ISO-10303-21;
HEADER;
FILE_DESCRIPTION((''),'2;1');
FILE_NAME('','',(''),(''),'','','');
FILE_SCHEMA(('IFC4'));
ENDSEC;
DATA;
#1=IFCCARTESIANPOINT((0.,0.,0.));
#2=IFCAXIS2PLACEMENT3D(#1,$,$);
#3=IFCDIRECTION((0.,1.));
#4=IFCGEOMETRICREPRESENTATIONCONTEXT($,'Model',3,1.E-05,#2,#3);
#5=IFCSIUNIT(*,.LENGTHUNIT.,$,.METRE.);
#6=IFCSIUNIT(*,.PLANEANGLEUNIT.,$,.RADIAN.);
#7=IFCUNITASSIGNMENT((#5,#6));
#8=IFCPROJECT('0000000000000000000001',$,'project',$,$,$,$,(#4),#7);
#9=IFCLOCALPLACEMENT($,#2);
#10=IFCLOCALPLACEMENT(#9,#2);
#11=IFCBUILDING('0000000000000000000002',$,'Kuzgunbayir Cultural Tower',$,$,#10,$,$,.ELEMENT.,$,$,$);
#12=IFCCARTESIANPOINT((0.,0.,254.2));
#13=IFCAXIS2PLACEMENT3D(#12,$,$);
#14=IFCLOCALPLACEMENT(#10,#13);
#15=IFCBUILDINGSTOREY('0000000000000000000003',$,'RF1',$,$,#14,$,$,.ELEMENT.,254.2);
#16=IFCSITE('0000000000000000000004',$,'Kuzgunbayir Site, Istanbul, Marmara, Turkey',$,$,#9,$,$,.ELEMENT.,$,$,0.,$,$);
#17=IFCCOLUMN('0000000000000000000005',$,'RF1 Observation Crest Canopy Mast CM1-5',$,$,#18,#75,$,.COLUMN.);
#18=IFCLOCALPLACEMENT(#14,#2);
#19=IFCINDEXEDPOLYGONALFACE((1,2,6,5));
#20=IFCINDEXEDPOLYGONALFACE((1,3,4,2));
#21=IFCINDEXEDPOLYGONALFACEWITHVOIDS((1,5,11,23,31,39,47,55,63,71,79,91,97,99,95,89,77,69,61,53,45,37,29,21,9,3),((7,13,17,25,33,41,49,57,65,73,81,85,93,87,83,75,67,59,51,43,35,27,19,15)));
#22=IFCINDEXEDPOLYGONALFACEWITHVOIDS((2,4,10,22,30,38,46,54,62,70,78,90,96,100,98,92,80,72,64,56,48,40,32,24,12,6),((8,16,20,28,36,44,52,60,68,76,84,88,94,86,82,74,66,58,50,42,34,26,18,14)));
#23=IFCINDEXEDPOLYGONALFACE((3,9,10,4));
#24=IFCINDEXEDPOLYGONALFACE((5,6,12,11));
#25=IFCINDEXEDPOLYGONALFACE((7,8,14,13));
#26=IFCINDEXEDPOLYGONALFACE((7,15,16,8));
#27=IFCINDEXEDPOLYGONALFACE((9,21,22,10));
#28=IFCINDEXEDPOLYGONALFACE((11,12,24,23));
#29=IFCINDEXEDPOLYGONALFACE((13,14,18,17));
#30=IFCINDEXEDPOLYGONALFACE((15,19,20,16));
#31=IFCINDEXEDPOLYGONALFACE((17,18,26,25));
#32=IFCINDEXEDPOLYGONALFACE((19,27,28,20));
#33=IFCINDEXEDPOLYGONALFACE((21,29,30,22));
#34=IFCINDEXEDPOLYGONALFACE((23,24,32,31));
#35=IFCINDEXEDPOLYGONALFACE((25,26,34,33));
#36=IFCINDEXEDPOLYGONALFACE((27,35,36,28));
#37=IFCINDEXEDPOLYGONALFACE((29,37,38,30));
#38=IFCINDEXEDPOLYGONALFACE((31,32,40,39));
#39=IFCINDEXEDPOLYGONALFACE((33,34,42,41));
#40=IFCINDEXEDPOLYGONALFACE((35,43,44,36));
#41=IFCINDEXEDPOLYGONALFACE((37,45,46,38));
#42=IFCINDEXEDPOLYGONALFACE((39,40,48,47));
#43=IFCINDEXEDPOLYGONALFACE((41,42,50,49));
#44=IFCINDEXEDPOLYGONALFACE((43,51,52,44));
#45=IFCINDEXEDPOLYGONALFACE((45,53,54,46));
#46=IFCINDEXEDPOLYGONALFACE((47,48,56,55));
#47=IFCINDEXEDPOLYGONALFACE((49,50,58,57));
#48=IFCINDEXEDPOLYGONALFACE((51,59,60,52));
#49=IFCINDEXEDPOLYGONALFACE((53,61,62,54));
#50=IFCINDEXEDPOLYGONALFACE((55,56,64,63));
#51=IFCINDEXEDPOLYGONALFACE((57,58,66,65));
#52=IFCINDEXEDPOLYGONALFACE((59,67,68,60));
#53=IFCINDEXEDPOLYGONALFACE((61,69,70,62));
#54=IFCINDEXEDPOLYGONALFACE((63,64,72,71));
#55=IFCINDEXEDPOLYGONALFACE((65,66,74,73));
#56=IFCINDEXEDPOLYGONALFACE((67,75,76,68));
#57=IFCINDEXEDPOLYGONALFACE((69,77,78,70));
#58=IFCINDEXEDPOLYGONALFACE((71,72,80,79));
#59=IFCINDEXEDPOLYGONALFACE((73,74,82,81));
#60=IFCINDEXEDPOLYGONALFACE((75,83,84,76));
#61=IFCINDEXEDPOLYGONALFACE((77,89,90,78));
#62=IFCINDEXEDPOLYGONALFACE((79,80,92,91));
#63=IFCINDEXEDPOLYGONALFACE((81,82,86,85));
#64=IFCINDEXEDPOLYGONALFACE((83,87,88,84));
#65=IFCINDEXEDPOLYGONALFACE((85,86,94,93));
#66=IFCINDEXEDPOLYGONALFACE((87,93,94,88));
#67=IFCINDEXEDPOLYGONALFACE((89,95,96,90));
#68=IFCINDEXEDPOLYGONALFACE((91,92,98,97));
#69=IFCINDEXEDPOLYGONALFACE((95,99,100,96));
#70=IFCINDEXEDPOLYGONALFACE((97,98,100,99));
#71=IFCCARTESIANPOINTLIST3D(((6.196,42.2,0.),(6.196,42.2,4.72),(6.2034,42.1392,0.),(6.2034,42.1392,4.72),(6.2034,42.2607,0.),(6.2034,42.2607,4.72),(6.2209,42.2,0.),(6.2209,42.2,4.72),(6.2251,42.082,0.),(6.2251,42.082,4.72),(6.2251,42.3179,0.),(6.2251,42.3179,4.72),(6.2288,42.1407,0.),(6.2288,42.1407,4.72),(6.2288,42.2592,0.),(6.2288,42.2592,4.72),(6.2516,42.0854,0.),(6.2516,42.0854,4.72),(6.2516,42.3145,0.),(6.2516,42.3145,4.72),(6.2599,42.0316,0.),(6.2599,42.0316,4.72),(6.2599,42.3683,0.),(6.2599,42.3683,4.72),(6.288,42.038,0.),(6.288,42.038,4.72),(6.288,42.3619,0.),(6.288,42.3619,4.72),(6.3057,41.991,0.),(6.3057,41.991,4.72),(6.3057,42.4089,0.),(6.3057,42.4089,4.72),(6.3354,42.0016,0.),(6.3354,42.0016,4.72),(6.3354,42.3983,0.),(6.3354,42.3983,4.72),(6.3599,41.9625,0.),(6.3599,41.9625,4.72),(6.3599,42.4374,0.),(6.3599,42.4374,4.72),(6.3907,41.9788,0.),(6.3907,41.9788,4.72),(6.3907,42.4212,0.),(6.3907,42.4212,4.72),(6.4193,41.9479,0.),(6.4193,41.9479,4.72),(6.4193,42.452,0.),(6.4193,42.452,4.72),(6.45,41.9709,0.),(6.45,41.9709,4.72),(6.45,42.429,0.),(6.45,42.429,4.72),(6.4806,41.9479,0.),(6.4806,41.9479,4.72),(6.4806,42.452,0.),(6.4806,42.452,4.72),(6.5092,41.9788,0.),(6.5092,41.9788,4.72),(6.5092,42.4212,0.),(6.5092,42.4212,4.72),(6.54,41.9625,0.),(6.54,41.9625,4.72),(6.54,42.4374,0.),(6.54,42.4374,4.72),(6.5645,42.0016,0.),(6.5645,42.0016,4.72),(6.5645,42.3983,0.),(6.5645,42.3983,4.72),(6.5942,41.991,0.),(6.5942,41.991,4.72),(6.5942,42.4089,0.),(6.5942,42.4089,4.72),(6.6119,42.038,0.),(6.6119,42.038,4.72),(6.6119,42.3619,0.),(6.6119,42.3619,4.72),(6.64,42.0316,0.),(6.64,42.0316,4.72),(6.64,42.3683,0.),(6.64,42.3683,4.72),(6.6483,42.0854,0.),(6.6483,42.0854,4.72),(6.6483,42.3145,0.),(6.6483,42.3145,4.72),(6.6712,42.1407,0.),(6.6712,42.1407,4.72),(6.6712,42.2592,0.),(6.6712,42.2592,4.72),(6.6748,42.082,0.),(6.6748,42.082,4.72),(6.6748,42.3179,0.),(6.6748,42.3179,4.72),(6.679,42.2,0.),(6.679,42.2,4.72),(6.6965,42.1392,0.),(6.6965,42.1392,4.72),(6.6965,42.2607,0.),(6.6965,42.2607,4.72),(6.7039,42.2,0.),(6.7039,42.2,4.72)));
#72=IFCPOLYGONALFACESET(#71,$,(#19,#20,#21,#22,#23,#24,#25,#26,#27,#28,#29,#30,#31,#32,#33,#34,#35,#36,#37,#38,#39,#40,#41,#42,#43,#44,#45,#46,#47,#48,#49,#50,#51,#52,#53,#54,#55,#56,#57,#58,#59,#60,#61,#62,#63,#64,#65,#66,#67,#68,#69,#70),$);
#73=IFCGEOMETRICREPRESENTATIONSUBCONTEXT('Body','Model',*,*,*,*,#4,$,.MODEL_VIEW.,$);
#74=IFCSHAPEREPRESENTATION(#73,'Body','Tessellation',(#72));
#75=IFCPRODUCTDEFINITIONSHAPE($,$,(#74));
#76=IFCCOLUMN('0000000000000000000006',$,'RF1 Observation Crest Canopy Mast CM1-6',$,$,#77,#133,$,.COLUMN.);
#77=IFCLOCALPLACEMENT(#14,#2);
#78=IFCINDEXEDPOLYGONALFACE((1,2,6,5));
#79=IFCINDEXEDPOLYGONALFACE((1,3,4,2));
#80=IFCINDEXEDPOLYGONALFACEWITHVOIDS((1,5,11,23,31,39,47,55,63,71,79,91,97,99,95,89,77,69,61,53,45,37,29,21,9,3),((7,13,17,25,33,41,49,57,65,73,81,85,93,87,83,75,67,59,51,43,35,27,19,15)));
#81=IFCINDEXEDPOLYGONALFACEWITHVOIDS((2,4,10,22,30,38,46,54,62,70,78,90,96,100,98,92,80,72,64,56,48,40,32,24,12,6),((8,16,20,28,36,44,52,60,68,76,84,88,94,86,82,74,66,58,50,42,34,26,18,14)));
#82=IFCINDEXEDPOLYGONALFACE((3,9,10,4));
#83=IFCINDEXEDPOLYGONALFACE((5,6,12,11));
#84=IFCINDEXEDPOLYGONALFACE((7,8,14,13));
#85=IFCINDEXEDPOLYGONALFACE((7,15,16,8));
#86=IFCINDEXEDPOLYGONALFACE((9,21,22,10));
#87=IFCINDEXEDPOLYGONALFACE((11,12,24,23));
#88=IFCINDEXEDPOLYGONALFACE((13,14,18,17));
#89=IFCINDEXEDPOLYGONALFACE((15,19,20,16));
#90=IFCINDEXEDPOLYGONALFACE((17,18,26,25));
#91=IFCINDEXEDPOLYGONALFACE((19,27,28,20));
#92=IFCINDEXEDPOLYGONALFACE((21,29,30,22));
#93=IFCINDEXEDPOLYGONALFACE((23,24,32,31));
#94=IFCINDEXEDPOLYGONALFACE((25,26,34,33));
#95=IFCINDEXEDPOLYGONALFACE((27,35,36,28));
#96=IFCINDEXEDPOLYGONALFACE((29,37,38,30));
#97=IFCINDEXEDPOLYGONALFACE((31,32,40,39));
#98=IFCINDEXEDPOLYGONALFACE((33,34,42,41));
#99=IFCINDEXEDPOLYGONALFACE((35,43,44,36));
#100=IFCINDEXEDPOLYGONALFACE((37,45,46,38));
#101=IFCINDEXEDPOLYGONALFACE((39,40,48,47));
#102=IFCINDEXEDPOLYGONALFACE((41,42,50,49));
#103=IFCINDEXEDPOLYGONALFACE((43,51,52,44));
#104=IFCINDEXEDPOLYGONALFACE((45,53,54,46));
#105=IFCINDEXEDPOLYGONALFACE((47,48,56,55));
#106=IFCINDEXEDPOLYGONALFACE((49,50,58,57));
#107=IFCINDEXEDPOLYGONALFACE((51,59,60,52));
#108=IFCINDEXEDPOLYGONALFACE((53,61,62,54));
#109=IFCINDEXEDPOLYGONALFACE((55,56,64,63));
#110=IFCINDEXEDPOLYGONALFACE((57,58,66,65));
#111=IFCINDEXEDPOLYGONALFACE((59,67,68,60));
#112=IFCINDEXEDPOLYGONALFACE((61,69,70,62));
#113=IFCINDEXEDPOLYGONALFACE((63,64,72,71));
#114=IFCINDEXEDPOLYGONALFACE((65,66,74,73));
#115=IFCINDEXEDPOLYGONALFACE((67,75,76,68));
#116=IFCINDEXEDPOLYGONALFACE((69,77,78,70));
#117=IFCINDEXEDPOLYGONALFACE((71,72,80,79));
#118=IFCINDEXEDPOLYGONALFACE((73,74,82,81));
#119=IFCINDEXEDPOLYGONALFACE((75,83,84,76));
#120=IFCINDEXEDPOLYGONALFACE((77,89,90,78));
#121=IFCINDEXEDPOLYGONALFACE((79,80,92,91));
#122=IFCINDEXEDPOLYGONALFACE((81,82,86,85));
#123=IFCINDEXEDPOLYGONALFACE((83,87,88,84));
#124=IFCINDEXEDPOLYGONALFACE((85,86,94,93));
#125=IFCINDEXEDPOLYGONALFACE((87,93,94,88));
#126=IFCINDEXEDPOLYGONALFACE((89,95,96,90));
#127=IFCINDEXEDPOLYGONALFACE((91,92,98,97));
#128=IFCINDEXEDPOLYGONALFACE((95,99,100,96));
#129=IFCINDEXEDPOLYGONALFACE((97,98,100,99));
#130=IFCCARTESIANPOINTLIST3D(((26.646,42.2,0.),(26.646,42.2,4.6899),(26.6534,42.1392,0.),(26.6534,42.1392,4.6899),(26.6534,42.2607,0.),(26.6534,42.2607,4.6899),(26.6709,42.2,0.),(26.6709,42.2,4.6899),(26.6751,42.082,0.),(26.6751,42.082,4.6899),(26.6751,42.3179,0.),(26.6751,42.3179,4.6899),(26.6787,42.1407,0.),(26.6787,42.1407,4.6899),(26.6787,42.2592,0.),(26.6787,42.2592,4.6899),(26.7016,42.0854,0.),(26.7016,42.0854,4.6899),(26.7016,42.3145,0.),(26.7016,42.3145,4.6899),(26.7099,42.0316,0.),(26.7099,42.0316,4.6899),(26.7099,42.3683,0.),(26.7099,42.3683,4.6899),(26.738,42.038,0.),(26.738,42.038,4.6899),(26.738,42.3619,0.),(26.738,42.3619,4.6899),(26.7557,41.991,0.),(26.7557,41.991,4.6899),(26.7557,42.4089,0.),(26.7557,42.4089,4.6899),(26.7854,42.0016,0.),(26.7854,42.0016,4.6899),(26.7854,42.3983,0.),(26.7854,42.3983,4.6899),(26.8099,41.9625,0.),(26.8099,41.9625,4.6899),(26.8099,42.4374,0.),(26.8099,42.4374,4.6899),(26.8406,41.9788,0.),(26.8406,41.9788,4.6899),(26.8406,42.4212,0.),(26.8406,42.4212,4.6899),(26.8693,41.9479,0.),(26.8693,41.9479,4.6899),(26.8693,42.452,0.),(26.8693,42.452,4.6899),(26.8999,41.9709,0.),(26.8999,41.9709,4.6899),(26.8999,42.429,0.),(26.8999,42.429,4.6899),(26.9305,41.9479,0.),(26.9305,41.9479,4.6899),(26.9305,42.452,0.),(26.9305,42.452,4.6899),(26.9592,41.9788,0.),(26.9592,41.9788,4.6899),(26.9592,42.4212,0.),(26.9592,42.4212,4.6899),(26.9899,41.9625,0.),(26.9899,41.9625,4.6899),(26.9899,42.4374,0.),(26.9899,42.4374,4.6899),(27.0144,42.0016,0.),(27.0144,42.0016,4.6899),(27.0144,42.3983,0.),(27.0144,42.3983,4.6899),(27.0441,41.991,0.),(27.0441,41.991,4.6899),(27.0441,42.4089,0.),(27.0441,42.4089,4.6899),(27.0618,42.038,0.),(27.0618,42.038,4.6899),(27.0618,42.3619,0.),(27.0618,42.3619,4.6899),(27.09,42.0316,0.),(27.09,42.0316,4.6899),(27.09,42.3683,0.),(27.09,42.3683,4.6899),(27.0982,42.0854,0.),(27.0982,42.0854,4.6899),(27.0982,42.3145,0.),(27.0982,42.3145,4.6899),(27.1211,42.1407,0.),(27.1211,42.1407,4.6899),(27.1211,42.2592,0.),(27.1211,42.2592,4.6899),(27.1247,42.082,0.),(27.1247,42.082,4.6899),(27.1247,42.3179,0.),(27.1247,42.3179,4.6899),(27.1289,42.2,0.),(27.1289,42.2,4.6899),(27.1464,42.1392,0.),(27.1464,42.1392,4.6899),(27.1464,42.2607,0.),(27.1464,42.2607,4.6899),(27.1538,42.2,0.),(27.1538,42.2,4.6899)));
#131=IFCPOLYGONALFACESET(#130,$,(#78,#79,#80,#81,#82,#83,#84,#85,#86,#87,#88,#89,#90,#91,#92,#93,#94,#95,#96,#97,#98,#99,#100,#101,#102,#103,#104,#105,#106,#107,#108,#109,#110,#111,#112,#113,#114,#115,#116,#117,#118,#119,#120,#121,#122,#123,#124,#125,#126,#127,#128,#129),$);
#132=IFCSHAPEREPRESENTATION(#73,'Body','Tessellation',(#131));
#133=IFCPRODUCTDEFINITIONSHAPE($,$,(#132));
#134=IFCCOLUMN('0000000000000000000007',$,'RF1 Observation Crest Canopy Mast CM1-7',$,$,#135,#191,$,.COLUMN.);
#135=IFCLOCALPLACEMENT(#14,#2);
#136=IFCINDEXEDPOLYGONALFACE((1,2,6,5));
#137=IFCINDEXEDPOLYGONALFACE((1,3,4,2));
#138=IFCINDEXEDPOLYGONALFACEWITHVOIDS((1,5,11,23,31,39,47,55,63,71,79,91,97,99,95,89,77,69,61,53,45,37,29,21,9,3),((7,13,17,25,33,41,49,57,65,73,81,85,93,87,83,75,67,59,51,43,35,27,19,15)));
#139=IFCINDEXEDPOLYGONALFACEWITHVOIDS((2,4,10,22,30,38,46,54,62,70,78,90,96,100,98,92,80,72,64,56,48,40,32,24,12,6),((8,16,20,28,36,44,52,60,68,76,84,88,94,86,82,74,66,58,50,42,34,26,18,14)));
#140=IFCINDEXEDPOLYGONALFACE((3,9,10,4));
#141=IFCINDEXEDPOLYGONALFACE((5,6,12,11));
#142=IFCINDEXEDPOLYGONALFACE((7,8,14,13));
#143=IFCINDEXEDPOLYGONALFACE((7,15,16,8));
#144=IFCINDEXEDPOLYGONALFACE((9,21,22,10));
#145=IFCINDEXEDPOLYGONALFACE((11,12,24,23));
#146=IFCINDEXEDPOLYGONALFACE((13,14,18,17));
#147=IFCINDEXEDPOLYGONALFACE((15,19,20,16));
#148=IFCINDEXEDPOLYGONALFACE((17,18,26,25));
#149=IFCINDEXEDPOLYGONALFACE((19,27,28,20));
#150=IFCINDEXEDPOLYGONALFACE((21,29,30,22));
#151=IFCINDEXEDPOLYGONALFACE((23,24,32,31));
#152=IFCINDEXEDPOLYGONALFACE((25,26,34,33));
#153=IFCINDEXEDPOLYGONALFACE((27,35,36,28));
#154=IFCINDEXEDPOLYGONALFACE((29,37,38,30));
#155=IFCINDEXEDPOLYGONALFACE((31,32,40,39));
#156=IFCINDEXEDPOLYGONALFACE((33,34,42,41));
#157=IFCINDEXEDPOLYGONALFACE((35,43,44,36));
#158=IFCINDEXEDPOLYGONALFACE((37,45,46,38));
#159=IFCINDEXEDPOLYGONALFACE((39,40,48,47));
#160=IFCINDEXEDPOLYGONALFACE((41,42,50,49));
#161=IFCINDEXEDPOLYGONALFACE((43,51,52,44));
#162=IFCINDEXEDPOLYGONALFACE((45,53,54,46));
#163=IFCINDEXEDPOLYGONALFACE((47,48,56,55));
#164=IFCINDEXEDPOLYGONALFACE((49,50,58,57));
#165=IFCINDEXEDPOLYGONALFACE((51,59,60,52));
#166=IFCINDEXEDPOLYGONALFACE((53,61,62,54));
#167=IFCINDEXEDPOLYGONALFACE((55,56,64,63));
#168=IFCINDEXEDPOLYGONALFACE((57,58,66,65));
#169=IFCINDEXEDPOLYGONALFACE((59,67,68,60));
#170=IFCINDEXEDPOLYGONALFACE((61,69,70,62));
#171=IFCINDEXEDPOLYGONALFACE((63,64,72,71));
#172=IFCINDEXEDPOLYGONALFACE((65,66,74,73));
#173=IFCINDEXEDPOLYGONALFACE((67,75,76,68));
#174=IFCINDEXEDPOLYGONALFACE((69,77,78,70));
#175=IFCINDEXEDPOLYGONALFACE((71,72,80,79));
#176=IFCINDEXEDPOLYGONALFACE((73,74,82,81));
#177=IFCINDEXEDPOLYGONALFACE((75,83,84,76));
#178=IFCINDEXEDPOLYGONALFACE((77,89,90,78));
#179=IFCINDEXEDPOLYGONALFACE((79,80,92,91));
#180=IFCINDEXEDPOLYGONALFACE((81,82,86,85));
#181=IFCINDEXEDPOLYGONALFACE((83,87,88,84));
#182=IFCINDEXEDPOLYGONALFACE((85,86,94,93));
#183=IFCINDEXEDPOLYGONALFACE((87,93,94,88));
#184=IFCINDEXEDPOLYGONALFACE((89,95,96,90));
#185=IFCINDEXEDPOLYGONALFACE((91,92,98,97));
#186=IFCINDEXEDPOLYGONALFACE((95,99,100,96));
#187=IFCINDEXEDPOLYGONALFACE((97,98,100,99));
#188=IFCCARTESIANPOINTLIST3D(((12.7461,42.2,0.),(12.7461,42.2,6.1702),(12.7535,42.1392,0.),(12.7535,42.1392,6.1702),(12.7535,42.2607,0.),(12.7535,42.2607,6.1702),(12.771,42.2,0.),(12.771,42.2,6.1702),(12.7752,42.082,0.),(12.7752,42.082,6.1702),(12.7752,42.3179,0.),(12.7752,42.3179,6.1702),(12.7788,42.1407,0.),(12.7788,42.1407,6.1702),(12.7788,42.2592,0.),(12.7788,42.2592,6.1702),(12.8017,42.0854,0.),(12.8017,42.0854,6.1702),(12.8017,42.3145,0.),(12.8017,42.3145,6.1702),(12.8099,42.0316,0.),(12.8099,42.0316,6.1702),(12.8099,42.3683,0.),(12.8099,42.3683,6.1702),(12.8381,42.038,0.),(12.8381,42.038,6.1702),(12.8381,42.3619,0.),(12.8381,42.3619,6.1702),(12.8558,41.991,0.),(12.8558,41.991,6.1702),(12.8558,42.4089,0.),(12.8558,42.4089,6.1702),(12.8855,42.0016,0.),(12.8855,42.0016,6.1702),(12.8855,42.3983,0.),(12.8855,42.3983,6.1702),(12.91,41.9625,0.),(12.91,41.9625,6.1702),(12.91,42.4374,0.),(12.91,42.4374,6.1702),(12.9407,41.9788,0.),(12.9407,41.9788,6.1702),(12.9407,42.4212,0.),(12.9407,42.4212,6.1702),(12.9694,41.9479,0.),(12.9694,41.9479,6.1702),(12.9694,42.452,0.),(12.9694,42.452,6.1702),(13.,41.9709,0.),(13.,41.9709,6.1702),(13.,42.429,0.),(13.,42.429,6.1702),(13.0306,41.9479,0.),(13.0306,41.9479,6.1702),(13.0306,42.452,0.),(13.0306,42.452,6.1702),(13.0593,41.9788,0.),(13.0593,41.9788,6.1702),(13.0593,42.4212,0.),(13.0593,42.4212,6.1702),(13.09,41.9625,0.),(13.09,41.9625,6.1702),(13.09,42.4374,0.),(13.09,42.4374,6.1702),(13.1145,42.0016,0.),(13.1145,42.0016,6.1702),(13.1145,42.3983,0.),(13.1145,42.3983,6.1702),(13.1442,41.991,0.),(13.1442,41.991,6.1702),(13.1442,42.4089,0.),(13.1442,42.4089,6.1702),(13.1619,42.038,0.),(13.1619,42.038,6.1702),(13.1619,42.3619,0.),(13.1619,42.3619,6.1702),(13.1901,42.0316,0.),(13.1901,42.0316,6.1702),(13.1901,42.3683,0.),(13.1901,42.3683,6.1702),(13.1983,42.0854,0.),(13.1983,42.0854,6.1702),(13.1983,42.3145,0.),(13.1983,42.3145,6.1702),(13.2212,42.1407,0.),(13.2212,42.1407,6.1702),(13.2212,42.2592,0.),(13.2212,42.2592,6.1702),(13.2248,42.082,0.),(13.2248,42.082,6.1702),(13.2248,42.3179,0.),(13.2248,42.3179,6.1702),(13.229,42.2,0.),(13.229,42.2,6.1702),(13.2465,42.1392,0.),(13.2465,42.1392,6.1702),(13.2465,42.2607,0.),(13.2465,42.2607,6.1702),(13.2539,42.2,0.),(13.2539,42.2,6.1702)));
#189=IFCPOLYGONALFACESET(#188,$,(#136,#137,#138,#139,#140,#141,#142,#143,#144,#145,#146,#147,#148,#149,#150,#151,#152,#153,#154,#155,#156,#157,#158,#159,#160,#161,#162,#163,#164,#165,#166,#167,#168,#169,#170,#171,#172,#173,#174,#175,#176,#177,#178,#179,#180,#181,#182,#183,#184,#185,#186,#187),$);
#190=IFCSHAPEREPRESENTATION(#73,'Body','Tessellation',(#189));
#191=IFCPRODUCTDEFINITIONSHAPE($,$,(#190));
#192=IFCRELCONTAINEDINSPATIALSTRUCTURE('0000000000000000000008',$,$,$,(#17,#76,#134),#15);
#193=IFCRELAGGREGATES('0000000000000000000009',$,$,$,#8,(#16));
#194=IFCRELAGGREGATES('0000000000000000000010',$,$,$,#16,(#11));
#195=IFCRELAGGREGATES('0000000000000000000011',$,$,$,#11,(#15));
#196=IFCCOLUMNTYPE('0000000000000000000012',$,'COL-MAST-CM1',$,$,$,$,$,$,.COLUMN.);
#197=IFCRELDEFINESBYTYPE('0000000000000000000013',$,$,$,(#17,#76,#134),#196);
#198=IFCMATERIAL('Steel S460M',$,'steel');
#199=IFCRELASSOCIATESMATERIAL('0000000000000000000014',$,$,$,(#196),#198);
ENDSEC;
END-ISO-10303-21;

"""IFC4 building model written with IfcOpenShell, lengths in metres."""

from ifc_helpers import new_model, si_unit, direction, frame, origin, origin_2d, place, context, subcontext, project, spatial, hollow_circle, extrude, material, material_profile, profile_set, type_object, element, save


model = new_model("IFC4")

# Units and contexts
model_context = context("Model", 3, precision=1e-05, world=origin(), true_north=direction((0.0, 1.0)))
body_context = subcontext(model_context, "Body", "Model", "MODEL_VIEW")
ifc_project = project(units=[si_unit("LENGTHUNIT", "METRE"), si_unit("PLANEANGLEUNIT", "RADIAN")], contexts=[model_context])

# Site, building, storey
site_placement = place(None, origin())
site = spatial("IfcSite", under=ifc_project, at=site_placement, Name="Kuzgunbayir Site, Istanbul, Marmara, Turkey", CompositionType="ELEMENT", RefElevation=0.0)
building_placement = place(site_placement, origin())
building = spatial("IfcBuilding", under=site, at=building_placement, Name="Kuzgunbayir Cultural Tower", CompositionType="ELEMENT")
storey_placement = place(building_placement, frame((0.0, 0.0, 254.2)))
storey = spatial("IfcBuildingStorey", under=building, at=storey_placement, Name="RF1", CompositionType="ELEMENT", Elevation=254.2)

# Columns
ifc_material_1 = material(Name="Steel S460M", Category="steel")
ifc_material_profile_1 = material_profile(ifc_material_1, hollow_circle(Radius=0.2539, WallThickness=0.0249, at=origin_2d()), Name="CHS 508x25")
ifc_profile_set_1 = profile_set([ifc_material_profile_1], Name="Steel S460M")
column_type = type_object("IfcColumnType", Name="COL-MAST-CM1", PredefinedType="COLUMN", material=ifc_profile_set_1)
column_1_placement = place(storey_placement, frame((6.45, 42.2, 0.0), z_axis=(0.0, 0.0, 1.0), x_axis=(1.0, 0.0, 0.0)))
element("IfcColumn", 1, at=column_1_placement, inside=storey, type_object=column_type, Name="RF1 Observation Crest Canopy Mast CM1-5", PredefinedType="COLUMN", context=body_context, shape_type="SweptSolid", body=[
    extrude(hollow_circle(Radius=0.2539, WallThickness=0.0249, at=origin_2d()), origin(), (0.0, 0.0, 1.0), 4.72),
])
column_2_placement = place(storey_placement, frame((26.8999, 42.2, 0.0), z_axis=(0.0, 0.0, 1.0), x_axis=(1.0, 0.0, 0.0)))
element("IfcColumn", 2, at=column_2_placement, inside=storey, type_object=column_type, Name="RF1 Observation Crest Canopy Mast CM1-6", PredefinedType="COLUMN", context=body_context, shape_type="SweptSolid", body=[
    extrude(hollow_circle(Radius=0.2539, WallThickness=0.0249, at=origin_2d()), origin(), (0.0, 0.0, 1.0), 4.6899),
])
column_3_placement = place(storey_placement, frame((13.0, 42.2, 0.0), z_axis=(0.0, 0.0, 1.0), x_axis=(1.0, 0.0, 0.0)))
element("IfcColumn", 3, at=column_3_placement, inside=storey, type_object=column_type, Name="RF1 Observation Crest Canopy Mast CM1-7", PredefinedType="COLUMN", context=body_context, shape_type="SweptSolid", body=[
    extrude(hollow_circle(Radius=0.2539, WallThickness=0.0249, at=origin_2d()), origin(), (0.0, 0.0, 1.0), 6.1702),
])

save(model, "model.ifc")
